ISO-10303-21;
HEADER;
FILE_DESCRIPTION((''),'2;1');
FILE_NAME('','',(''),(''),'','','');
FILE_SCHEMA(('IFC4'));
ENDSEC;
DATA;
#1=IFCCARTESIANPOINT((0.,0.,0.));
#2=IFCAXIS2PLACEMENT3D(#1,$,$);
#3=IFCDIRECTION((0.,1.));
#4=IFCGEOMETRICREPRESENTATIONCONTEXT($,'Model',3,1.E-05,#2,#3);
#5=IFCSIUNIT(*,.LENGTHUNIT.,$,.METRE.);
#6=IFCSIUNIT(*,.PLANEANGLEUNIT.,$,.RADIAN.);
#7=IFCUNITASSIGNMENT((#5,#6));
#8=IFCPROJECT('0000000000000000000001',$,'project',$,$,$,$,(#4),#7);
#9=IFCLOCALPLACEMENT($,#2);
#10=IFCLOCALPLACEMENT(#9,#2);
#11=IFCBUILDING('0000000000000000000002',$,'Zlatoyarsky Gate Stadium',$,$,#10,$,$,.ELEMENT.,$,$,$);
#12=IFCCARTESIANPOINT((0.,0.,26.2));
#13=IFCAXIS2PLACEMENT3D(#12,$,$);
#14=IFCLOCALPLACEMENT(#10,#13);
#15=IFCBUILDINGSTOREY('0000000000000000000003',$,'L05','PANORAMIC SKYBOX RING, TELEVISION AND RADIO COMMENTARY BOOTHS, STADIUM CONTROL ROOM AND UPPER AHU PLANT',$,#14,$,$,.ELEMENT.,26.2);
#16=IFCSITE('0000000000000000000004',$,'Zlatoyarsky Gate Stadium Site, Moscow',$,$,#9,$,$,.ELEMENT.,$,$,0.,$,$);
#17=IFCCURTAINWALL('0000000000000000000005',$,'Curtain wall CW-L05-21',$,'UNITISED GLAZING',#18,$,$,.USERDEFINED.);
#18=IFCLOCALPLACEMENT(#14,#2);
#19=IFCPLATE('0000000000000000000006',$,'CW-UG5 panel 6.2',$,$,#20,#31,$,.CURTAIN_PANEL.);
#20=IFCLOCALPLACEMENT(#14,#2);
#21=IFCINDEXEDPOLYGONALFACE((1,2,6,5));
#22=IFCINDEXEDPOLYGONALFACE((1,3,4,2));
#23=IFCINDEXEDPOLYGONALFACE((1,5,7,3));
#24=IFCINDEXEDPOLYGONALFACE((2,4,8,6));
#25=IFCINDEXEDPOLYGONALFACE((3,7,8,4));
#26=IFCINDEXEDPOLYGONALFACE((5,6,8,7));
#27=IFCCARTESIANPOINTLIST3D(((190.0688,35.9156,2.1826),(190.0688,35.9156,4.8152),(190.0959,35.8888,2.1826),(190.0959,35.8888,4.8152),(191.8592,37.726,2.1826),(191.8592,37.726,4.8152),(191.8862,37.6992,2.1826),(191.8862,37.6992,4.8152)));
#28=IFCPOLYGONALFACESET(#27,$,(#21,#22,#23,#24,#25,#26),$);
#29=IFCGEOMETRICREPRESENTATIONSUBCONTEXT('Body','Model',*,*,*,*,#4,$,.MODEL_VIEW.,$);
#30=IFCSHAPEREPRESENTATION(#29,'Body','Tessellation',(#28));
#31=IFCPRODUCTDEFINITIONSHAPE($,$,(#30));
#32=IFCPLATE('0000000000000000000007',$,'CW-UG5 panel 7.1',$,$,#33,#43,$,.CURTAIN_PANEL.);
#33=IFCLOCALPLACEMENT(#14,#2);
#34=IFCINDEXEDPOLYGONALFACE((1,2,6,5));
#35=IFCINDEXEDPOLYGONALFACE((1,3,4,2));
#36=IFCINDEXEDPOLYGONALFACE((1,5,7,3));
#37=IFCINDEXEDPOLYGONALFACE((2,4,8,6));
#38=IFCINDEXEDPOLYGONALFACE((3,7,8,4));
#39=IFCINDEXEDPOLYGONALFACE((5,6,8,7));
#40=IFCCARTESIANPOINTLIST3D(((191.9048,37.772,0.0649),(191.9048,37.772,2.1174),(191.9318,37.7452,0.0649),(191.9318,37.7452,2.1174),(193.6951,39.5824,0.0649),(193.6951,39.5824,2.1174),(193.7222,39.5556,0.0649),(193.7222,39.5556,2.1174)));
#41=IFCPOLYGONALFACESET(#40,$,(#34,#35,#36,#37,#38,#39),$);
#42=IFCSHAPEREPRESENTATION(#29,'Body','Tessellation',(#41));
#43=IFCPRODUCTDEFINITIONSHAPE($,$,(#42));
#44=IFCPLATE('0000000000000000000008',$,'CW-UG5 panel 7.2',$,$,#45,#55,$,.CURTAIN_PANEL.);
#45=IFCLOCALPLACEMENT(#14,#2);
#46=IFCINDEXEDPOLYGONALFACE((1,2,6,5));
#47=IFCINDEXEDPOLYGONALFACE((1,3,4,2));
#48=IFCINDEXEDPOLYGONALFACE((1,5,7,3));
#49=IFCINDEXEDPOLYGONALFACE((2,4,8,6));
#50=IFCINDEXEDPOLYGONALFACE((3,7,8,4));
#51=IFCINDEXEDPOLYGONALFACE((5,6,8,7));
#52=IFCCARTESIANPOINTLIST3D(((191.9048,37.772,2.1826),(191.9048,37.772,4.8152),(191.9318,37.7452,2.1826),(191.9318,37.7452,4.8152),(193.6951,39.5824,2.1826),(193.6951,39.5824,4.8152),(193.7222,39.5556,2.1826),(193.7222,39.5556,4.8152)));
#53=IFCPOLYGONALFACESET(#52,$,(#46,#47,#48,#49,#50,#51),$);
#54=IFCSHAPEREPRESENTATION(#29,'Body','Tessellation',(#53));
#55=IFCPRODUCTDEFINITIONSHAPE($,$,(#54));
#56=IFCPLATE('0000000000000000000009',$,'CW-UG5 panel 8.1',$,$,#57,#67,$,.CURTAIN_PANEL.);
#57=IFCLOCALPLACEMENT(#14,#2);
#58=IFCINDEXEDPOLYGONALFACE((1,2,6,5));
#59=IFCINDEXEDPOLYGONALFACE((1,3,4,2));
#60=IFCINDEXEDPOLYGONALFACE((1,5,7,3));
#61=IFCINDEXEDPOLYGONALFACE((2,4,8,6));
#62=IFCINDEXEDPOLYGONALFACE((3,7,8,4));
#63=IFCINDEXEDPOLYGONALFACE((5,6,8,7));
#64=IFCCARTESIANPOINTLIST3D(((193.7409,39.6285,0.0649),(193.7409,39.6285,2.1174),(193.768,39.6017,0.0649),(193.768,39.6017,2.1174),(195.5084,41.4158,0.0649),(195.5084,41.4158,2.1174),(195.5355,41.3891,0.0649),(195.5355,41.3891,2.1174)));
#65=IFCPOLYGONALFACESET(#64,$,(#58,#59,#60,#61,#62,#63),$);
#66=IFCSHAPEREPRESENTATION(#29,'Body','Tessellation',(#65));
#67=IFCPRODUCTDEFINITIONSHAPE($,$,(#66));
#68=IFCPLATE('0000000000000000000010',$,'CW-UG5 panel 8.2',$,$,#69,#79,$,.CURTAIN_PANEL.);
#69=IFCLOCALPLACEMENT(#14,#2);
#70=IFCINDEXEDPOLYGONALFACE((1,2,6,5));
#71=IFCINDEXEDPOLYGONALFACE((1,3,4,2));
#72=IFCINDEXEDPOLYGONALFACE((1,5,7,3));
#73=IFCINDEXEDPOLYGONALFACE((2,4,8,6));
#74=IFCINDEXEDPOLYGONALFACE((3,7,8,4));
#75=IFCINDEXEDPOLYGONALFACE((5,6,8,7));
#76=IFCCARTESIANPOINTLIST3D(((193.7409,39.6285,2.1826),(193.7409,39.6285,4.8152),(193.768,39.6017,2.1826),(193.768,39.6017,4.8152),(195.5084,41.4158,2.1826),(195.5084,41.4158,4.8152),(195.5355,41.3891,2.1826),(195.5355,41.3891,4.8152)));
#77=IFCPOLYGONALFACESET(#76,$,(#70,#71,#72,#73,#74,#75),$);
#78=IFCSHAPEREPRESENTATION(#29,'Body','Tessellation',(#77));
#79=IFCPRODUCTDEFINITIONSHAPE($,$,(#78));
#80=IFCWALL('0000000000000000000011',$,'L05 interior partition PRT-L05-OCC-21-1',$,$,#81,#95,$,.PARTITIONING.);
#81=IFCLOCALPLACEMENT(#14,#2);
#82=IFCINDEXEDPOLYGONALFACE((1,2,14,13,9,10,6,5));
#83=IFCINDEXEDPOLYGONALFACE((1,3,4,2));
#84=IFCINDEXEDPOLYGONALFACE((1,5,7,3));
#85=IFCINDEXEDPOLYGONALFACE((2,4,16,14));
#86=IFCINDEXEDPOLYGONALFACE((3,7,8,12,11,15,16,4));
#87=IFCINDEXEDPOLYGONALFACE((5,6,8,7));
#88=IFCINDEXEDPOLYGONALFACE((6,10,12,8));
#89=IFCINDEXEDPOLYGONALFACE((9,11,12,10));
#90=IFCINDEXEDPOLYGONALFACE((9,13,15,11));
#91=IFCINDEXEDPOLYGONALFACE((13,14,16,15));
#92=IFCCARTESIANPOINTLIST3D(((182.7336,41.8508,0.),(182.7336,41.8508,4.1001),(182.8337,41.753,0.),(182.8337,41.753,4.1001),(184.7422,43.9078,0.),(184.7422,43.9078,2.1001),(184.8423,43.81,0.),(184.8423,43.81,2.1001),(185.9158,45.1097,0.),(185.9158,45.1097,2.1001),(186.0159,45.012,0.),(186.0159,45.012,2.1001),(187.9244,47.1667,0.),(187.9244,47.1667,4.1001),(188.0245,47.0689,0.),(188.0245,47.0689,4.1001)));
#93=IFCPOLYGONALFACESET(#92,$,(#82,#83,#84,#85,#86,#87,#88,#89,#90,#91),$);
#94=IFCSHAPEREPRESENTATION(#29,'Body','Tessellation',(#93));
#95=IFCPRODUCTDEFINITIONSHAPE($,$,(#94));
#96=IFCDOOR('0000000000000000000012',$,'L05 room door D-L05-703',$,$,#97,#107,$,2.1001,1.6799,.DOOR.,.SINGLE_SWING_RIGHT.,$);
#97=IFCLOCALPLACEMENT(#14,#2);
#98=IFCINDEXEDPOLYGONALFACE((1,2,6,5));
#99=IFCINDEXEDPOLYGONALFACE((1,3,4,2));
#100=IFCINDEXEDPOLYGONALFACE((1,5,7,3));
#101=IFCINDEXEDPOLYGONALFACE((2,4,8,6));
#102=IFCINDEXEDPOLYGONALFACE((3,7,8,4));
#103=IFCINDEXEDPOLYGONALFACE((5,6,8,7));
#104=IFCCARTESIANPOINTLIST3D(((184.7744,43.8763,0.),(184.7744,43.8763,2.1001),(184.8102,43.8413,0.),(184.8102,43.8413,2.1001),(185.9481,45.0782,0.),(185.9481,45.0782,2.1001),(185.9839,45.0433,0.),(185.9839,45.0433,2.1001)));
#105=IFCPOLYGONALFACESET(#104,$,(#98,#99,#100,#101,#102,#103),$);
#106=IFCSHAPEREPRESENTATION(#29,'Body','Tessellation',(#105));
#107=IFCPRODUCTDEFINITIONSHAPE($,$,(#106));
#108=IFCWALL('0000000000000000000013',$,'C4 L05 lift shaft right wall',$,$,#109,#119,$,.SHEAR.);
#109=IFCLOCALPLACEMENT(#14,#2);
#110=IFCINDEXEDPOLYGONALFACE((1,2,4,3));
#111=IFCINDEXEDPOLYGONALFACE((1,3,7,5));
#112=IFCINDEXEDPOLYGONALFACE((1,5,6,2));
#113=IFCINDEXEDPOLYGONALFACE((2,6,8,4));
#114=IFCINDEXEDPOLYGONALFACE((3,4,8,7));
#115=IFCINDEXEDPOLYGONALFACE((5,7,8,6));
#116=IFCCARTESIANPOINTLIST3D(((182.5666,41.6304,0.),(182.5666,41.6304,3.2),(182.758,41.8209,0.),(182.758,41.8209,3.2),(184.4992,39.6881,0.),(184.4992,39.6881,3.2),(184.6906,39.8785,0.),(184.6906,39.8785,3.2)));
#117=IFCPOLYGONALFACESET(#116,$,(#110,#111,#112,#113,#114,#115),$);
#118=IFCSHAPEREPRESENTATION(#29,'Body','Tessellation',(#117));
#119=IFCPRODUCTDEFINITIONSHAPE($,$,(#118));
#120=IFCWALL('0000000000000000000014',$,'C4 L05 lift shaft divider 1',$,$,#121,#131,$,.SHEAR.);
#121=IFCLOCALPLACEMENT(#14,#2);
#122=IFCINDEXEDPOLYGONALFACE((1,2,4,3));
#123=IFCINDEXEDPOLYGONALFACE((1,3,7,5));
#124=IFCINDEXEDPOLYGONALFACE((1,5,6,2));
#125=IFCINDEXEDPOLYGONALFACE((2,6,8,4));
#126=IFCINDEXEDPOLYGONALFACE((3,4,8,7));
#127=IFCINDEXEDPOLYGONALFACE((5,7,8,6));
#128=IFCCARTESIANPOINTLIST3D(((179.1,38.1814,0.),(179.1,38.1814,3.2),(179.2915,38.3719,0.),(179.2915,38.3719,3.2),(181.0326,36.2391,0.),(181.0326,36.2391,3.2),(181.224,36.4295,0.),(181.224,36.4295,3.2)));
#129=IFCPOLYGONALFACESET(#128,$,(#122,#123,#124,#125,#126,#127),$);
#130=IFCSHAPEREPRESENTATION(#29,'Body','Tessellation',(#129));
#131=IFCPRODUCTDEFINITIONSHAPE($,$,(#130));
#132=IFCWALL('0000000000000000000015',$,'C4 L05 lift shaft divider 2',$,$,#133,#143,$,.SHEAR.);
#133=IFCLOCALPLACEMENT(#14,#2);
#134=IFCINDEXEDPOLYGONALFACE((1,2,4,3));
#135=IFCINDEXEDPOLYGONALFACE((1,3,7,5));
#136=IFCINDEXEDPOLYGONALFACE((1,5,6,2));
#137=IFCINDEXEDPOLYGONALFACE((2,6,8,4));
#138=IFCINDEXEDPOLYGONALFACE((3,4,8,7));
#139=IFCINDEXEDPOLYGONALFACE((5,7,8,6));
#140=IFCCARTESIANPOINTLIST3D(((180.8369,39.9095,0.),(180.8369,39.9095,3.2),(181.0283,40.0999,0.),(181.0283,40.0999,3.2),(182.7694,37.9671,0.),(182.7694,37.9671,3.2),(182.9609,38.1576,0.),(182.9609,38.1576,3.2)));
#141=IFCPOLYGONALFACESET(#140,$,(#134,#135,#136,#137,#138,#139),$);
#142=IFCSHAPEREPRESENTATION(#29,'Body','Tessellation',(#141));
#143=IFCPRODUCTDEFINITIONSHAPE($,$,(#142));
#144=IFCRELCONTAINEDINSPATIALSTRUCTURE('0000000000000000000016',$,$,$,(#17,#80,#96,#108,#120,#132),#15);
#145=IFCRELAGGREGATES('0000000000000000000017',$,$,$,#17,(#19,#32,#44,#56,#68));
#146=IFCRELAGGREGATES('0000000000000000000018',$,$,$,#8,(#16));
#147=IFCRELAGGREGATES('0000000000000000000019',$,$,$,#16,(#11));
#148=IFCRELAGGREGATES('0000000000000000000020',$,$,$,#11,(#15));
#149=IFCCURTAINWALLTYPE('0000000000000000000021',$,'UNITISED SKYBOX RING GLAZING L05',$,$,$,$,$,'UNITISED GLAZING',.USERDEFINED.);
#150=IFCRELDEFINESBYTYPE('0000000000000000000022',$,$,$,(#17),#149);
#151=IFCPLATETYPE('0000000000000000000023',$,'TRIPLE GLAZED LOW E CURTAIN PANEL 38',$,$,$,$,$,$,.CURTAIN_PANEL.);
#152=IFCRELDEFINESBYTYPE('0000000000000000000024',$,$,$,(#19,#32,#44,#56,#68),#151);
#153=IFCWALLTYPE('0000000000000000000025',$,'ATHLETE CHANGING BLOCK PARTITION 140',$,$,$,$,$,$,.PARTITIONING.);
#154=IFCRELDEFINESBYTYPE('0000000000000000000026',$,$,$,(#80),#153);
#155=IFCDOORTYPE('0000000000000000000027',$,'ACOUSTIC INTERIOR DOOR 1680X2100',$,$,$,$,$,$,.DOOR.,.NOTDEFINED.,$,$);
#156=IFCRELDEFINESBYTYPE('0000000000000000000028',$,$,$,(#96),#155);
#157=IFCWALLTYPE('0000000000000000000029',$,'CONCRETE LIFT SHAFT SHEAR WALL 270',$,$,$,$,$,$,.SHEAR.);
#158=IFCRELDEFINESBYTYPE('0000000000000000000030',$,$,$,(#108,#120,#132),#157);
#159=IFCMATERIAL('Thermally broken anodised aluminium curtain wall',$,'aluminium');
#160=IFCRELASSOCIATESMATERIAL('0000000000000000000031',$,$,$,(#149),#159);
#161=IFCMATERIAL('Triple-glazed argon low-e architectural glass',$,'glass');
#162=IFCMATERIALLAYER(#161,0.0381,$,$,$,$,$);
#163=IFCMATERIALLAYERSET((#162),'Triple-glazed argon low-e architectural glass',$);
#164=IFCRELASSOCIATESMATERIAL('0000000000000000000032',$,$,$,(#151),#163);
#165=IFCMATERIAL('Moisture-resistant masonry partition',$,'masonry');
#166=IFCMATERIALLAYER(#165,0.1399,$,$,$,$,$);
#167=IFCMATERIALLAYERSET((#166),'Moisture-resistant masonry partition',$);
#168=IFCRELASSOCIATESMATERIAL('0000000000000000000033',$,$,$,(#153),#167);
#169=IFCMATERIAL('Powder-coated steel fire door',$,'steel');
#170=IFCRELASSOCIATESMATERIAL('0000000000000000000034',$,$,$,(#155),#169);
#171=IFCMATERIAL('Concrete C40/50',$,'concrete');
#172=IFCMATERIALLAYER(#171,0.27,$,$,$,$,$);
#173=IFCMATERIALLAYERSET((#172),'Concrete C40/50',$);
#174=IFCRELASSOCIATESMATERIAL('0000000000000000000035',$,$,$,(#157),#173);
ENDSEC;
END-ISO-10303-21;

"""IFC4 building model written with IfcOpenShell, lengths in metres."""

from ifc_helpers import new_model, si_unit, direction, frame, frame_2d, origin, origin_2d, place, context, subcontext, project, spatial, rectangle, extrude, material, layer, layer_set, type_object, element, fill, aggregate, save


model = new_model("IFC4")

# Units and contexts
model_context = context("Model", 3, precision=1e-05, world=origin(), true_north=direction((0.0, 1.0)))
body_context = subcontext(model_context, "Body", "Model", "MODEL_VIEW")
ifc_project = project(units=[si_unit("LENGTHUNIT", "METRE"), si_unit("PLANEANGLEUNIT", "RADIAN")], contexts=[model_context])

# Site, building, storey
site_placement = place(None, origin())
site = spatial("IfcSite", under=ifc_project, at=site_placement, Name="Zlatoyarsky Gate Stadium Site, Moscow", CompositionType="ELEMENT", RefElevation=0.0)
building_placement = place(site_placement, origin())
building = spatial("IfcBuilding", under=site, at=building_placement, Name="Zlatoyarsky Gate Stadium", CompositionType="ELEMENT")
storey_placement = place(building_placement, frame((0.0, 0.0, 26.2)))
storey = spatial("IfcBuildingStorey", under=building, at=storey_placement, Name="L05", Description="PANORAMIC SKYBOX RING, TELEVISION AND RADIO COMMENTARY BOOTHS, STADIUM CONTROL ROOM AND UPPER AHU PLANT", CompositionType="ELEMENT", Elevation=26.2)

# Curtain wall
ifc_material_1 = material(Name="Thermally broken anodised aluminium curtain wall", Category="aluminium")
curtain_wall_type = type_object("IfcCurtainWallType", Name="UNITISED SKYBOX RING GLAZING L05", ElementType="UNITISED GLAZING", PredefinedType="USERDEFINED", material=ifc_material_1)
curtain_wall_placement = place(storey_placement, origin())
curtain_wall = element("IfcCurtainWall", 1, at=curtain_wall_placement, inside=storey, type_object=curtain_wall_type, Name="Curtain wall CW-L05-21", ObjectType="UNITISED GLAZING", PredefinedType="USERDEFINED")

# Plates
ifc_material_2 = material(Name="Triple-glazed argon low-e architectural glass", Category="glass")
ifc_layer_1 = layer(ifc_material_2, 0.0381)
ifc_layer_set_1 = layer_set([ifc_layer_1], Name="Triple-glazed argon low-e architectural glass")
plate_type_1 = type_object("IfcPlateType", Name="TRIPLE GLAZED LOW E CURTAIN PANEL 38", PredefinedType="CURTAIN_PANEL", material=ifc_layer_set_1)
plate_1_placement = place(storey_placement, frame((190.9775, 36.8074, 2.1826), z_axis=(0.0, 0.0, 1.0), x_axis=(0.703158, 0.711033, 0.0)))
plate_1 = element("IfcPlate", 2, at=plate_1_placement, type_object=plate_type_1, Name="CW-UG5 panel 6.2", PredefinedType="CURTAIN_PANEL", context=body_context, shape_type="SweptSolid", body=[
    extrude(rectangle(XDim=2.5461, YDim=0.0381, at=origin_2d()), origin(), (0.0, 0.0, 1.0), 2.6326),
])
plate_2_placement = place(storey_placement, frame((192.8135, 38.6638, 0.0649), z_axis=(0.0, 0.0, 1.0), x_axis=(0.703158, 0.711033, 0.0)))
plate_2 = element("IfcPlate", 3, at=plate_2_placement, type_object=plate_type_1, Name="CW-UG5 panel 7.1", PredefinedType="CURTAIN_PANEL", context=body_context, shape_type="SweptSolid", body=[
    extrude(rectangle(XDim=2.5461, YDim=0.0381, at=origin_2d()), origin(), (0.0, 0.0, 1.0), 2.0525),
])
plate_3_placement = place(storey_placement, frame((192.8135, 38.6638, 2.1826), z_axis=(0.0, 0.0, 1.0), x_axis=(0.703158, 0.711033, 0.0)))
plate_3 = element("IfcPlate", 4, at=plate_3_placement, type_object=plate_type_1, Name="CW-UG5 panel 7.2", PredefinedType="CURTAIN_PANEL", context=body_context, shape_type="SweptSolid", body=[
    extrude(rectangle(XDim=2.5461, YDim=0.0381, at=origin_2d()), origin(), (0.0, 0.0, 1.0), 2.6326),
])
plate_4_placement = place(storey_placement, frame((194.6382, 40.5088, 0.0649), z_axis=(0.0, 0.0, 1.0), x_axis=(0.703158, 0.711033, 0.0)))
plate_4 = element("IfcPlate", 5, at=plate_4_placement, type_object=plate_type_1, Name="CW-UG5 panel 8.1", PredefinedType="CURTAIN_PANEL", context=body_context, shape_type="SweptSolid", body=[
    extrude(rectangle(XDim=2.5137, YDim=0.0381, at=origin_2d()), origin(), (0.0, 0.0, 1.0), 2.0525),
])
plate_5_placement = place(storey_placement, frame((194.6382, 40.5088, 2.1826), z_axis=(0.0, 0.0, 1.0), x_axis=(0.703158, 0.711033, 0.0)))
plate_5 = element("IfcPlate", 6, at=plate_5_placement, type_object=plate_type_1, Name="CW-UG5 panel 8.2", PredefinedType="CURTAIN_PANEL", context=body_context, shape_type="SweptSolid", body=[
    extrude(rectangle(XDim=2.5137, YDim=0.0381, at=origin_2d()), origin(), (0.0, 0.0, 1.0), 2.6326),
])
aggregate(curtain_wall, [plate_1, plate_2, plate_3, plate_4, plate_5])

# Wall, opening, door
ifc_material_3 = material(Name="Moisture-resistant masonry partition", Category="masonry")
ifc_layer_2 = layer(ifc_material_3, 0.1399)
ifc_layer_set_2 = layer_set([ifc_layer_2], Name="Moisture-resistant masonry partition")
wall_type_1 = type_object("IfcWallType", Name="ATHLETE CHANGING BLOCK PARTITION 140", PredefinedType="PARTITIONING", material=ifc_layer_set_2)
wall_1_placement = place(storey_placement, frame((182.7837, 41.802, 0.0), z_axis=(0.0, 0.0, 1.0), x_axis=(0.698645, 0.715469, 0.0)))
wall_1 = element("IfcWall", 7, at=wall_1_placement, inside=storey, type_object=wall_type_1, Name="L05 interior partition PRT-L05-OCC-21-1", PredefinedType="PARTITIONING", context=body_context, shape_type="SweptSolid", body=[
    extrude(rectangle(XDim=7.4299, YDim=0.1399, at=frame_2d((3.7148, 0.0))), origin(), (0.0, 0.0, 1.0), 4.1001),
])
opening_1_placement = place(wall_1_placement, frame((2.875, 0.0, 0.0)))
opening_1 = element("IfcOpeningElement", 8, at=opening_1_placement, cuts=wall_1, PredefinedType="OPENING", context=body_context, shape_type="SweptSolid", body=[
    extrude(rectangle(XDim=1.6799, YDim=2.1001, at=frame_2d((0.8398, 1.05))), frame((0.0, 0.0798, 0.0), z_axis=(0.0, -1.0, 0.0), x_axis=(1.0, 0.0, 0.0)), (0.0, 0.0, 1.0), 0.1599),
])
ifc_material_4 = material(Name="Powder-coated steel fire door", Category="steel")
door_type_1 = type_object("IfcDoorType", Name="ACOUSTIC INTERIOR DOOR 1680X2100", OperationType="NOTDEFINED", PredefinedType="DOOR", material=ifc_material_4)
door_1_placement = place(opening_1_placement, origin())
door_1 = element("IfcDoor", 9, at=door_1_placement, inside=storey, type_object=door_type_1, Name="L05 room door D-L05-703", OperationType="SINGLE_SWING_RIGHT", OverallHeight=2.1001, OverallWidth=1.6799, PredefinedType="DOOR", context=body_context, shape_type="SweptSolid", body=[
    extrude(rectangle(XDim=1.6799, YDim=2.1001, at=frame_2d((0.8398, 1.05))), frame((0.0, 0.0249, 0.0), z_axis=(0.0, -1.0, 0.0), x_axis=(1.0, 0.0, 0.0)), (0.0, 0.0, 1.0), 0.05),
])
fill(opening_1, door_1)

# Walls
ifc_material_5 = material(Name="Concrete C40/50", Category="concrete")
ifc_layer_3 = layer(ifc_material_5, 0.27)
ifc_layer_set_3 = layer_set([ifc_layer_3], Name="Concrete C40/50")
wall_type_2 = type_object("IfcWallType", Name="CONCRETE LIFT SHAFT SHEAR WALL 270", PredefinedType="SHEAR", material=ifc_layer_set_3)
for number, where, z_axis, x_axis, name in (
    (10, (184.595, 39.7832, 0.0), (0.0, 0.0, 1.0), (-0.705323, 0.708887, 0.0), "C4 L05 lift shaft right wall"),
    (11, (181.1284, 36.3342, 0.0), (0.0, 0.0, 1.0), (-0.705323, 0.708887, 0.0), "C4 L05 lift shaft divider 1"),
    (12, (182.8652, 38.0623, 0.0), (0.0, 0.0, 1.0), (-0.705323, 0.708887, 0.0), "C4 L05 lift shaft divider 2"),
):
    element("IfcWall", number, at=place(storey_placement, frame(where, z_axis=z_axis, x_axis=x_axis)), inside=storey, type_object=wall_type_2, Name=name, PredefinedType="SHEAR", context=body_context, shape_type="SweptSolid", body=[
        extrude(rectangle(XDim=2.74, YDim=0.27, at=frame_2d((1.3701, 0.0))), origin(), (0.0, 0.0, 1.0), 3.2),
    ])

save(model, "model.ifc")
